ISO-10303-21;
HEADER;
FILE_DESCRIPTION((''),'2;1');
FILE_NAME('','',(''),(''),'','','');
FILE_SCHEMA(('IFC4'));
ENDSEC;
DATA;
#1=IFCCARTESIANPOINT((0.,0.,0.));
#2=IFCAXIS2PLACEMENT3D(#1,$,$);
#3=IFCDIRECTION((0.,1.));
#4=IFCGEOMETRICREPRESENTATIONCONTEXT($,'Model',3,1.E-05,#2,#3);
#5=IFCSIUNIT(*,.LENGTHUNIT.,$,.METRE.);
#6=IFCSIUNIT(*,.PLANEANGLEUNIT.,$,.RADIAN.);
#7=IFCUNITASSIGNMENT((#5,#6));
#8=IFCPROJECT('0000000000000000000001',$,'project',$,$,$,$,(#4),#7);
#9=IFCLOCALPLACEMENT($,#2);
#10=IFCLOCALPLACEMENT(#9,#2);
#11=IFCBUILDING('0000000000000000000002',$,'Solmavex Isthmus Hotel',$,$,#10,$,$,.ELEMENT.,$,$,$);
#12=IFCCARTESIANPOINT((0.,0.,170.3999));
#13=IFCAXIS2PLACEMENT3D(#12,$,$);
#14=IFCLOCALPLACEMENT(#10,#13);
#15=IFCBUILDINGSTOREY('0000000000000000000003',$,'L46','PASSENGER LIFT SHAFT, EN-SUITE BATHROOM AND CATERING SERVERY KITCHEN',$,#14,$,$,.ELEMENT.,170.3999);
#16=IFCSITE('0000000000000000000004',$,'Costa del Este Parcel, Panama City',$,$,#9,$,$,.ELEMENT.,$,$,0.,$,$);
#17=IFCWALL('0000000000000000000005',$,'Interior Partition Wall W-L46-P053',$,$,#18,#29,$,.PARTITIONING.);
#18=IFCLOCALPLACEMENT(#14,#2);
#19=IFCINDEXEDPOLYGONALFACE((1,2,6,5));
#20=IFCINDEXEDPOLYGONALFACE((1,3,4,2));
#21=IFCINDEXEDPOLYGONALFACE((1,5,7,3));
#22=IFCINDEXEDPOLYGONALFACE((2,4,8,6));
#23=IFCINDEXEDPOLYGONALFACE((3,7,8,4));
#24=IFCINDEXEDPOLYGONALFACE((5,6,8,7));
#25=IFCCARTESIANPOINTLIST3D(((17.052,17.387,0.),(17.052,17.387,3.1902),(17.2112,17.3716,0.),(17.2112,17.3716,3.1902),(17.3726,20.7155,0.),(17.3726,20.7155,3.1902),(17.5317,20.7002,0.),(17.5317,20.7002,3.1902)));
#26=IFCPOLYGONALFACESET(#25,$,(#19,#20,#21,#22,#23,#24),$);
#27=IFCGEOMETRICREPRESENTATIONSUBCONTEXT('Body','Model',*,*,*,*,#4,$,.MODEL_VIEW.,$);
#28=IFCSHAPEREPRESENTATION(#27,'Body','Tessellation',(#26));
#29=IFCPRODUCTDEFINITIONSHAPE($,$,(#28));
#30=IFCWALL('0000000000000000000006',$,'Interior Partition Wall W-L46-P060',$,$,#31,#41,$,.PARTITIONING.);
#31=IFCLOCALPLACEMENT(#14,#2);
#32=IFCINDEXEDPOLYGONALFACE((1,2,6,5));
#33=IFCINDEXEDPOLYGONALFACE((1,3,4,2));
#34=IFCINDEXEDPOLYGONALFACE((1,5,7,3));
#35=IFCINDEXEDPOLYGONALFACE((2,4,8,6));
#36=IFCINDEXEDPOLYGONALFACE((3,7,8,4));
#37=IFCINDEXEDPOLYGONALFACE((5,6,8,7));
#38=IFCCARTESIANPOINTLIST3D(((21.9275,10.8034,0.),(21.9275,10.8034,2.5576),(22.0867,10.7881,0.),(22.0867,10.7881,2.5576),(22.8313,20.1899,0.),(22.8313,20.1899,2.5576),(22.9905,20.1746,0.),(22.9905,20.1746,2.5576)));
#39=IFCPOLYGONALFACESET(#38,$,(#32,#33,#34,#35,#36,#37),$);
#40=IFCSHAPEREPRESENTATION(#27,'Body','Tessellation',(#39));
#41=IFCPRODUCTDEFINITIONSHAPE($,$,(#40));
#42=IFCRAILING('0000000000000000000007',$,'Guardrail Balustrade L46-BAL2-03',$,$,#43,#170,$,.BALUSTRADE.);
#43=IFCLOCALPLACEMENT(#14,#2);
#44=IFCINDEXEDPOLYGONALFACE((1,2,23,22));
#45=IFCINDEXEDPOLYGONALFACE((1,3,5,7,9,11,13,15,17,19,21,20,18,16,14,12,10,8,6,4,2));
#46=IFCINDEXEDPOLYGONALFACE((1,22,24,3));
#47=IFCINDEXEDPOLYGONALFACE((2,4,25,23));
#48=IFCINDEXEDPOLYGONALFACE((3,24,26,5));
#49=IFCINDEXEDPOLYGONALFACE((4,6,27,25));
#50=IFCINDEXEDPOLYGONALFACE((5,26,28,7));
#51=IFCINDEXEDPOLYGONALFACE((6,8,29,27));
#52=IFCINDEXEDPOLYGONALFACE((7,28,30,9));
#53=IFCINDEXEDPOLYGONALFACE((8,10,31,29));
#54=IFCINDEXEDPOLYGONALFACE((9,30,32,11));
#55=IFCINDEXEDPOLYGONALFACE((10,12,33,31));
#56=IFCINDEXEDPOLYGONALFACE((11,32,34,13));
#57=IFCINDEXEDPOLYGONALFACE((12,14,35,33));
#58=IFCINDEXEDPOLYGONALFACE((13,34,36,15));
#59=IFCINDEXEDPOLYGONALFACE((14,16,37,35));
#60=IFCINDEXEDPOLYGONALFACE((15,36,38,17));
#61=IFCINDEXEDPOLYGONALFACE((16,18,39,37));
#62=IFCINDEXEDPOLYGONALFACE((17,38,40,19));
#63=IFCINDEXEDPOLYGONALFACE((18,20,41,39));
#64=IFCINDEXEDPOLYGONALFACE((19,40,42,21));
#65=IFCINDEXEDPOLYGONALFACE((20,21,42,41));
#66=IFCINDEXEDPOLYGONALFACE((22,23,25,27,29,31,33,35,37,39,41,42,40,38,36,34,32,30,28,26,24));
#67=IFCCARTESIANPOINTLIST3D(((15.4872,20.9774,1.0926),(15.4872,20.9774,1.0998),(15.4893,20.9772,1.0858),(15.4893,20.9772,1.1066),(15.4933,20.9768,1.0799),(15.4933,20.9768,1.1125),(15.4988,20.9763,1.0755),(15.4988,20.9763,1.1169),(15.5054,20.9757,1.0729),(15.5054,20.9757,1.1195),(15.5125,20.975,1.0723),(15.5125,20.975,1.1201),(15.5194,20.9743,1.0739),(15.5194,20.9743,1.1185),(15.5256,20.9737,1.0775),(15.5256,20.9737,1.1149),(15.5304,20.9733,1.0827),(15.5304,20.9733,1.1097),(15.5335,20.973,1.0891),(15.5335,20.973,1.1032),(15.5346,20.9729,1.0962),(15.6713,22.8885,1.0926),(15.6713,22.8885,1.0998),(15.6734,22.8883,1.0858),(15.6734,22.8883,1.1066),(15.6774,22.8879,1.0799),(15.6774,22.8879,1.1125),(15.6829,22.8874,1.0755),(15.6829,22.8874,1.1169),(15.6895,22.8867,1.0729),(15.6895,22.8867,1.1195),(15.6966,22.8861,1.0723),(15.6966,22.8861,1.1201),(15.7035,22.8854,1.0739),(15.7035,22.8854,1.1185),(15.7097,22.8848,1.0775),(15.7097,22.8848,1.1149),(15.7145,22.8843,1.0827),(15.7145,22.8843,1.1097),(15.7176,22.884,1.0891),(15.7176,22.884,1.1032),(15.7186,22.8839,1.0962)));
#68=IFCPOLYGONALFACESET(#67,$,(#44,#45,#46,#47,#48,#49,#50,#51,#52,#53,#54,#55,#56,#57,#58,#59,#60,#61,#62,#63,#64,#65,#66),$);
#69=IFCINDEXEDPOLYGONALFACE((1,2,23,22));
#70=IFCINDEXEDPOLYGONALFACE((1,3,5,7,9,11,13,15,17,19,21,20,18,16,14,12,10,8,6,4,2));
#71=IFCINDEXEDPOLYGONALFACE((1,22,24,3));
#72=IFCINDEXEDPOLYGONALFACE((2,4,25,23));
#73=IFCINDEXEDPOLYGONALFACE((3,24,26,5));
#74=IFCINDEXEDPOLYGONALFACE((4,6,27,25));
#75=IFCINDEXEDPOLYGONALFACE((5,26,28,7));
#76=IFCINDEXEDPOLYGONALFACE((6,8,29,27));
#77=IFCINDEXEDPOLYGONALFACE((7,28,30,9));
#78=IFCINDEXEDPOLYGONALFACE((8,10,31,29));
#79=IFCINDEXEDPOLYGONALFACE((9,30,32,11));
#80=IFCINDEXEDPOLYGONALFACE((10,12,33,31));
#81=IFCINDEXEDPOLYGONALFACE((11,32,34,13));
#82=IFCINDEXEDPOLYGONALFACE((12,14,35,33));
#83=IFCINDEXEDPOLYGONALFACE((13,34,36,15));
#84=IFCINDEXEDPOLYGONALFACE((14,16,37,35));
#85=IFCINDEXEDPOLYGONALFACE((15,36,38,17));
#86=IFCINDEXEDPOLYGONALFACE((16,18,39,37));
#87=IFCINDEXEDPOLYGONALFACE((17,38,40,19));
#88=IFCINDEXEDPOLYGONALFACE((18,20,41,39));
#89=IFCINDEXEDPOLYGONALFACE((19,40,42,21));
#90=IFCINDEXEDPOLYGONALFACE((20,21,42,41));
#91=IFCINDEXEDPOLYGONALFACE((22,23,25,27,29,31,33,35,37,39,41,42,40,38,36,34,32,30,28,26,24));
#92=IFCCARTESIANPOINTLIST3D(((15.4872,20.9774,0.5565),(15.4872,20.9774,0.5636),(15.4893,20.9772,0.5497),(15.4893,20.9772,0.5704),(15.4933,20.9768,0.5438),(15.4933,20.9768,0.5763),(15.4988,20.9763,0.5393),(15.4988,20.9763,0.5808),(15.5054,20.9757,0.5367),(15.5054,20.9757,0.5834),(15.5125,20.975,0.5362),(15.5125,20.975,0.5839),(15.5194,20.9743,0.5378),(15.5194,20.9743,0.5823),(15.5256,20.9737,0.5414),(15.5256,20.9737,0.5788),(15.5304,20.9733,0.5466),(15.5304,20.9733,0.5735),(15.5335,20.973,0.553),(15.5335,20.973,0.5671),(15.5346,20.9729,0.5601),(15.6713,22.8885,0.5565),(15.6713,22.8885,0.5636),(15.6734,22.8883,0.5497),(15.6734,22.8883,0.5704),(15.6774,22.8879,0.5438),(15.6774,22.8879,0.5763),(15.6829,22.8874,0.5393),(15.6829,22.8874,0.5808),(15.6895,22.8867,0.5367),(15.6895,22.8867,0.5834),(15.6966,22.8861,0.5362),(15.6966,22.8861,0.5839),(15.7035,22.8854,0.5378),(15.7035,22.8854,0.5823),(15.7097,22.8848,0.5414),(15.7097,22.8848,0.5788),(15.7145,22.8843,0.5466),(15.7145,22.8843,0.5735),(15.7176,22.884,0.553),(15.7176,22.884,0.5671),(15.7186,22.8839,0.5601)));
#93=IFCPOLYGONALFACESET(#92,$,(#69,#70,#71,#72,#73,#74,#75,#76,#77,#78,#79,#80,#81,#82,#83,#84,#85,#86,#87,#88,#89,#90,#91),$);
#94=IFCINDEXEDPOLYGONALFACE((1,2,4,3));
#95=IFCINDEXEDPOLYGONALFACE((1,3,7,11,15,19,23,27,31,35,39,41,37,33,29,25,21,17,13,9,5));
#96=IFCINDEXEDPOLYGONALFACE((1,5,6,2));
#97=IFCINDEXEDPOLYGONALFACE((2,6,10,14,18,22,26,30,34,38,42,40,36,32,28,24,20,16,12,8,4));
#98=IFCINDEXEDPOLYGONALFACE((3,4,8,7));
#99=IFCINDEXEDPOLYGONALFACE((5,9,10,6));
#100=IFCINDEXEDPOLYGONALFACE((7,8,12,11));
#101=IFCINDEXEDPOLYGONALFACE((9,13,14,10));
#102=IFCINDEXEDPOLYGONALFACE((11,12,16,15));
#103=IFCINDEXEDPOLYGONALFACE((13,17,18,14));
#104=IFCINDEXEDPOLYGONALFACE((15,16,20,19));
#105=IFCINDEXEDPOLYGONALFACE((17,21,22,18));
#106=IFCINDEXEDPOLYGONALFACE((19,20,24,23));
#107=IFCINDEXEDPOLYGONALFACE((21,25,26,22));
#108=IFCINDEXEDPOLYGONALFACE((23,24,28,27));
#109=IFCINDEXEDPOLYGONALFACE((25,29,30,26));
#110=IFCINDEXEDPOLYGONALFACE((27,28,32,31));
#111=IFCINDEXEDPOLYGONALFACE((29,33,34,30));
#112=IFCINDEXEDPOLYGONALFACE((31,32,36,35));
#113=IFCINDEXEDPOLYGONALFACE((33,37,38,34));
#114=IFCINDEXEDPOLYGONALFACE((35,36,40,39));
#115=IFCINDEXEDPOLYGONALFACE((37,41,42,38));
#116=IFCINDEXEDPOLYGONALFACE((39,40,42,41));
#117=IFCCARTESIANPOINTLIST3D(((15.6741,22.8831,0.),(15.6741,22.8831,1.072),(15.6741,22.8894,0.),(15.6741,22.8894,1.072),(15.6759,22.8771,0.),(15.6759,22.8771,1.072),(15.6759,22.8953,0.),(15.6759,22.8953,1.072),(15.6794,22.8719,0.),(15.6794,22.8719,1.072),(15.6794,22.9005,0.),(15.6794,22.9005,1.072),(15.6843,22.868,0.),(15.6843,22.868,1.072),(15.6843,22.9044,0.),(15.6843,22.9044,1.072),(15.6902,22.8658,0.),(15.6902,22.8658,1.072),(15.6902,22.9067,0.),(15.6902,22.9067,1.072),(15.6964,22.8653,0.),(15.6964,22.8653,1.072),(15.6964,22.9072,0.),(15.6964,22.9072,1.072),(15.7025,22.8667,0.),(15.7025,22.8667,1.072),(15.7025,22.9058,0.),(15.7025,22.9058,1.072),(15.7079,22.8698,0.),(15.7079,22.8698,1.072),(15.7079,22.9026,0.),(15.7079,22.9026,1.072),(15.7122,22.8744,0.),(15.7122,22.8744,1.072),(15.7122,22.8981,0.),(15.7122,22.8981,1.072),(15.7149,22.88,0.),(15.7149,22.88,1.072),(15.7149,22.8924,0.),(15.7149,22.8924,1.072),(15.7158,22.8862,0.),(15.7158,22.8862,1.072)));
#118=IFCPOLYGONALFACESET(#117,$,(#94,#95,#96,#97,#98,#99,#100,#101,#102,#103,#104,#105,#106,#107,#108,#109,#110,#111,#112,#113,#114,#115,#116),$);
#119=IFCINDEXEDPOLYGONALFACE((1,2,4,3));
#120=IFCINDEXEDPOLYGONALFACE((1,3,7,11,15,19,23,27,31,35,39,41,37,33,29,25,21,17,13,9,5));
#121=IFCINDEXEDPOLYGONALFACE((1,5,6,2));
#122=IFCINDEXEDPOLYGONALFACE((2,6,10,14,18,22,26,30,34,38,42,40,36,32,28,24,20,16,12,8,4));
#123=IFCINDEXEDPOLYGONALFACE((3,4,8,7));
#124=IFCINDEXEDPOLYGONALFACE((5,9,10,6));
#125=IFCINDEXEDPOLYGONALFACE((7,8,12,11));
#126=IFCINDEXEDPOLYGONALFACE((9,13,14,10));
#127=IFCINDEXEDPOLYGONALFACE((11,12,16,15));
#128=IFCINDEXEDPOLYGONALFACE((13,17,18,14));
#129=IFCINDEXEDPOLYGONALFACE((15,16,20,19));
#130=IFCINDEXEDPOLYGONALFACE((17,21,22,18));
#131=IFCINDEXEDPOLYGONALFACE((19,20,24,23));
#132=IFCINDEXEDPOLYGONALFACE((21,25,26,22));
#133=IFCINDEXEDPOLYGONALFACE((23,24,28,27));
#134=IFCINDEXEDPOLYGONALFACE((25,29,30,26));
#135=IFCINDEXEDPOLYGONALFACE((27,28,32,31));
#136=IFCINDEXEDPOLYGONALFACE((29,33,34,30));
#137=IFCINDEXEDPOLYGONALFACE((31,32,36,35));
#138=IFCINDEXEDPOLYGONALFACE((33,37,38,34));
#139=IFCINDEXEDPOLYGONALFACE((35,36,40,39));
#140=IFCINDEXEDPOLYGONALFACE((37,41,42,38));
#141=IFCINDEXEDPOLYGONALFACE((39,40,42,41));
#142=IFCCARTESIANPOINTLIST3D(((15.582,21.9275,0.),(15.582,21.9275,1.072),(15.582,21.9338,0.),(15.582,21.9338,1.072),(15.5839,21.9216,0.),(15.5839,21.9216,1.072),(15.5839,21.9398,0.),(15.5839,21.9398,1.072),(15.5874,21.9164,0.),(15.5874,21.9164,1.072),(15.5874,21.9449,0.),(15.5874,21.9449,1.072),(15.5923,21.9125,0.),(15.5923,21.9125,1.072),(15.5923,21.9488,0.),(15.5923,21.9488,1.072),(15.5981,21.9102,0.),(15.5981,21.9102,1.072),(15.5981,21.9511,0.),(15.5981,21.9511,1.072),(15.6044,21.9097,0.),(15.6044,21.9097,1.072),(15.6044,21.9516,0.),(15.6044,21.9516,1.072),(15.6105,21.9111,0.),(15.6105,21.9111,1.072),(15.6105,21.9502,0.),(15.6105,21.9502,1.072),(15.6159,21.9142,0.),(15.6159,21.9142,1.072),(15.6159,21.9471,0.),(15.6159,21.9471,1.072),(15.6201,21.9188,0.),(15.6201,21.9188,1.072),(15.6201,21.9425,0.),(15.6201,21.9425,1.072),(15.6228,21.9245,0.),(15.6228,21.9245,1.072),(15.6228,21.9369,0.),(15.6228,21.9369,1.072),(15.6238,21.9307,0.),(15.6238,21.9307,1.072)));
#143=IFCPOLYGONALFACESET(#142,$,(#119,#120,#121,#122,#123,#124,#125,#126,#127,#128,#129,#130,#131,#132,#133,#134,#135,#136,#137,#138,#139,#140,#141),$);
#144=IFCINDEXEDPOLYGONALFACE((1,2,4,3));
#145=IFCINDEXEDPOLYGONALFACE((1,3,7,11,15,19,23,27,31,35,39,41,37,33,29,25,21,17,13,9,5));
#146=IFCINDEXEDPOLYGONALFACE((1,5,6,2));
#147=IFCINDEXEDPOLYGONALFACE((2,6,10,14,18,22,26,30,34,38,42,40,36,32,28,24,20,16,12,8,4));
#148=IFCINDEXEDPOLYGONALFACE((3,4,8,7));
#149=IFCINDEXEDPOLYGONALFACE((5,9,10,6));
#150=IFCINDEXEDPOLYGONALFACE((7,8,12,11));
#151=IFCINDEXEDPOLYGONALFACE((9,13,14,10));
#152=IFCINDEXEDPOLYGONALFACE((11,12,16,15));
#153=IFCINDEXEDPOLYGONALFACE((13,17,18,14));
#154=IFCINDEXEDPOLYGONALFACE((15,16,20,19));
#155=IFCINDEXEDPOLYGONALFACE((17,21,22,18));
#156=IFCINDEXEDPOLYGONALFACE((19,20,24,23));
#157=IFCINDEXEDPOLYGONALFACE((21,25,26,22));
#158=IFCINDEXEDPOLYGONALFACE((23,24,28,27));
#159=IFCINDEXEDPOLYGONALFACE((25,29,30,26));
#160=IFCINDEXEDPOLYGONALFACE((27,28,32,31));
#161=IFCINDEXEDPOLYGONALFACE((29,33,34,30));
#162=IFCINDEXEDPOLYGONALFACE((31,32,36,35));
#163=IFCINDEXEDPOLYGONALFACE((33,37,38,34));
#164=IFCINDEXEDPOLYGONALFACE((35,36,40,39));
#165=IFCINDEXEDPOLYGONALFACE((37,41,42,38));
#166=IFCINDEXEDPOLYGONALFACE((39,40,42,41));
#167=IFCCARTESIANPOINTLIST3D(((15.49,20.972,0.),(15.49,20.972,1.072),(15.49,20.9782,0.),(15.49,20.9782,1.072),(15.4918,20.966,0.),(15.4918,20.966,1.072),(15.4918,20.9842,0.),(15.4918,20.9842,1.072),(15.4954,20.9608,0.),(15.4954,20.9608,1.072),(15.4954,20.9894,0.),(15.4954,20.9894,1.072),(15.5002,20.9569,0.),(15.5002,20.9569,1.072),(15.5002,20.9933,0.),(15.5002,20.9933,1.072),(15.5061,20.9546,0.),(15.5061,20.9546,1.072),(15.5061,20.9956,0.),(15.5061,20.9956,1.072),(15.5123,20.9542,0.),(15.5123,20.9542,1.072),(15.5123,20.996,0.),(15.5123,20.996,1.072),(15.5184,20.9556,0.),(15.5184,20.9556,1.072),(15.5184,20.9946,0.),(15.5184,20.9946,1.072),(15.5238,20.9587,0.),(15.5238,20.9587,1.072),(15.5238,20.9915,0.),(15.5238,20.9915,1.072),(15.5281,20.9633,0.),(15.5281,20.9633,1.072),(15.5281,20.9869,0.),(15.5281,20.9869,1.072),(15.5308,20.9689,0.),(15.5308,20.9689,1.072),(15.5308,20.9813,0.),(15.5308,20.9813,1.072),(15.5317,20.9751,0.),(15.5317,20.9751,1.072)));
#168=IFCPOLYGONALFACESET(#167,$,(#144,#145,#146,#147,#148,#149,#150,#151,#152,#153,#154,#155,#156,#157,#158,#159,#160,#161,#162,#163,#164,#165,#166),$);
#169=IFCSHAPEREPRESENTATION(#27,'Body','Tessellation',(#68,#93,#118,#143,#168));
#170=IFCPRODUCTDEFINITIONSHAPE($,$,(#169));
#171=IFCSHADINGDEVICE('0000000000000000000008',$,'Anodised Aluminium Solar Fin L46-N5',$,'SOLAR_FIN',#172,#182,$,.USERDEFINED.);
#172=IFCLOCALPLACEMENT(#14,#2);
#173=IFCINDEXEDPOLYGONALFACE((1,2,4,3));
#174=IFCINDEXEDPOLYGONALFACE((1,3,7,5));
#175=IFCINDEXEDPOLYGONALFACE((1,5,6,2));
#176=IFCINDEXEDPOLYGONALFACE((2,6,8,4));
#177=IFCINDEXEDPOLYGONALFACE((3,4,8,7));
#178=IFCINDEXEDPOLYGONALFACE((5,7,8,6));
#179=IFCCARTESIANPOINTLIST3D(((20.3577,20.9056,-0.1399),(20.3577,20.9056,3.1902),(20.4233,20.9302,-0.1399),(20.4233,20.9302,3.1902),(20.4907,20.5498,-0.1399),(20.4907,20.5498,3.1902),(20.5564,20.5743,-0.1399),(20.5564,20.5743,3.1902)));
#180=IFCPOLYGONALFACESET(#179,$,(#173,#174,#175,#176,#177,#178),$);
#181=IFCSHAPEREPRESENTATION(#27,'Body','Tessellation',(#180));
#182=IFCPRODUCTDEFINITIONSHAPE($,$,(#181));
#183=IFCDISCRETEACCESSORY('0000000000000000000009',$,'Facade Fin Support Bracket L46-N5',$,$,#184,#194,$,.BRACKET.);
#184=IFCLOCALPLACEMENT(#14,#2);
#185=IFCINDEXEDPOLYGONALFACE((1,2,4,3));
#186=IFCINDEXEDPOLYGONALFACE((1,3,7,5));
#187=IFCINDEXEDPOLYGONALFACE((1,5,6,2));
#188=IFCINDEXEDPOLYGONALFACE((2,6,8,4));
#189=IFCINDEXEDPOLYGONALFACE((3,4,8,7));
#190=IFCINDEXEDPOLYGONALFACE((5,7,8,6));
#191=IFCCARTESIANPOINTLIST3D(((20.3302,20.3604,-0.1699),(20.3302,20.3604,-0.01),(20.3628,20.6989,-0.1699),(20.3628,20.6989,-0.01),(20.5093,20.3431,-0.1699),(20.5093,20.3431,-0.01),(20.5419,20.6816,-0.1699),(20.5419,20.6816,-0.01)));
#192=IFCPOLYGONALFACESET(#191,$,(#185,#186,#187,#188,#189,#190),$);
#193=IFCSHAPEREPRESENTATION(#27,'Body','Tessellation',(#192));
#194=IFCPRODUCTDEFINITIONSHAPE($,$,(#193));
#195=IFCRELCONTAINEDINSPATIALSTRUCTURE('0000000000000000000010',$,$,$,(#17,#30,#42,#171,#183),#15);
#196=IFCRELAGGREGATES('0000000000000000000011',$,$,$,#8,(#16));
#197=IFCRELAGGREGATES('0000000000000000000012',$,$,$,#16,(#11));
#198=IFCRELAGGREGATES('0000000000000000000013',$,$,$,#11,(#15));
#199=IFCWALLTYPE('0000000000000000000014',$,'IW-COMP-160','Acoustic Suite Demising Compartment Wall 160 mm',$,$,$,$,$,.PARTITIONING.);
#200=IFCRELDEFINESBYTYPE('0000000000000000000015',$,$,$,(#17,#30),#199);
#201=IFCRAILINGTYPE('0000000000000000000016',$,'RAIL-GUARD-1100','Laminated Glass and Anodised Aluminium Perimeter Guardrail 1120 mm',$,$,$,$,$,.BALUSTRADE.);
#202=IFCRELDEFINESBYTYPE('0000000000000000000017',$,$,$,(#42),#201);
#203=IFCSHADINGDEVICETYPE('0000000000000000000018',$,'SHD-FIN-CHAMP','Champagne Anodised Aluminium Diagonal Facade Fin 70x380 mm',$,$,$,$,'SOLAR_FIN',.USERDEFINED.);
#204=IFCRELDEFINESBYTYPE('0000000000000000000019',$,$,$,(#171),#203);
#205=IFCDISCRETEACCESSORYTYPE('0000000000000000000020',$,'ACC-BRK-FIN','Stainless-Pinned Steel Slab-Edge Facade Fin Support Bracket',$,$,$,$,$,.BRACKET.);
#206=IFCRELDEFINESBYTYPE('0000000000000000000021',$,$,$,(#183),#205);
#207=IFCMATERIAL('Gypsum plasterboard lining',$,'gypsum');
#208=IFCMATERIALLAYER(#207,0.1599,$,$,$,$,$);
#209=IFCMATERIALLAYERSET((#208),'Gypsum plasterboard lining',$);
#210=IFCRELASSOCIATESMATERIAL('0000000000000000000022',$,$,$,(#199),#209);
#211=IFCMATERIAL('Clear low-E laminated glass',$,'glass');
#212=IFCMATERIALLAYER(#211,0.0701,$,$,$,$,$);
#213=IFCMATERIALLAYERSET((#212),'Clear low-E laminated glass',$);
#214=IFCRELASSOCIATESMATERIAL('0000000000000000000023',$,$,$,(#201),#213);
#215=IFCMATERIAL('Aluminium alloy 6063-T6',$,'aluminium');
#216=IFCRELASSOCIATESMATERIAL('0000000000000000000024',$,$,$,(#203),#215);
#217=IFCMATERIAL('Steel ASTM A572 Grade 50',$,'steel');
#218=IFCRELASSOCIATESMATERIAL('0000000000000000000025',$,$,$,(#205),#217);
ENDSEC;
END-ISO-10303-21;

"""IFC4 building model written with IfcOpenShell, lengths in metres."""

from ifc_helpers import new_model, si_unit, direction, frame, frame_2d, origin, origin_2d, place, context, subcontext, project, spatial, rectangle, circle, extrude, material, layer, layer_set, type_object, element, save


model = new_model("IFC4")

# Units and contexts
model_context = context("Model", 3, precision=1e-05, world=origin(), true_north=direction((0.0, 1.0)))
body_context = subcontext(model_context, "Body", "Model", "MODEL_VIEW")
ifc_project = project(units=[si_unit("LENGTHUNIT", "METRE"), si_unit("PLANEANGLEUNIT", "RADIAN")], contexts=[model_context])

# Site, building, storey
site_placement = place(None, origin())
site = spatial("IfcSite", under=ifc_project, at=site_placement, Name="Costa del Este Parcel, Panama City", CompositionType="ELEMENT", RefElevation=0.0)
building_placement = place(site_placement, origin())
building = spatial("IfcBuilding", under=site, at=building_placement, Name="Solmavex Isthmus Hotel", CompositionType="ELEMENT")
storey_placement = place(building_placement, frame((0.0, 0.0, 170.3999)))
storey = spatial("IfcBuildingStorey", under=building, at=storey_placement, Name="L46", Description="PASSENGER LIFT SHAFT, EN-SUITE BATHROOM AND CATERING SERVERY KITCHEN", CompositionType="ELEMENT", Elevation=170.3999)

# Shared definitions
ifc_material_1 = material(Name="Aluminium alloy 6063-T6", Category="aluminium")

# Shared definitions
ifc_material_2 = material(Name="Clear low-E laminated glass", Category="glass")

# Walls
ifc_material_3 = material(Name="Gypsum plasterboard lining", Category="gypsum")
ifc_layer_1 = layer(ifc_material_3, 0.1599)
ifc_layer_set_1 = layer_set([ifc_layer_1], Name="Gypsum plasterboard lining")
wall_type_1 = type_object("IfcWallType", Name="IW-COMP-160", Description="Acoustic Suite Demising Compartment Wall 160 mm", PredefinedType="PARTITIONING", material=ifc_layer_set_1)
wall_1_placement = place(storey_placement, frame((17.4521, 20.7078, 0.0), z_axis=(0.0, 0.0, 1.0), x_axis=(-0.09586, -0.995395, 0.0)))
element("IfcWall", 1, at=wall_1_placement, inside=storey, type_object=wall_type_1, Name="Interior Partition Wall W-L46-P053", PredefinedType="PARTITIONING", context=body_context, shape_type="SweptSolid", body=[
    extrude(rectangle(XDim=3.344, YDim=0.1599, at=frame_2d((1.6719, 0.0))), origin(), (0.0, 0.0, 1.0), 3.1902),
])
wall_2_placement = place(storey_placement, frame((22.9109, 20.1821, 0.0), z_axis=(0.0, 0.0, 1.0), x_axis=(-0.095845, -0.995396, 0.0)))
element("IfcWall", 2, at=wall_2_placement, inside=storey, type_object=wall_type_1, Name="Interior Partition Wall W-L46-P060", PredefinedType="PARTITIONING", context=body_context, shape_type="SweptSolid", body=[
    extrude(rectangle(XDim=9.4299, YDim=0.1599, at=frame_2d((4.7148, 0.0))), origin(), (0.0, 0.0, 1.0), 2.5576),
])

# Railing
ifc_layer_2 = layer(ifc_material_2, 0.0701)
ifc_layer_set_2 = layer_set([ifc_layer_2], Name="Clear low-E laminated glass")
railing_type = type_object("IfcRailingType", Name="RAIL-GUARD-1100", Description="Laminated Glass and Anodised Aluminium Perimeter Guardrail 1120 mm", PredefinedType="BALUSTRADE", material=ifc_layer_set_2)
railing_placement = place(storey_placement, frame((15.6948, 22.8862, 0.0)))
element("IfcRailing", 3, at=railing_placement, inside=storey, type_object=railing_type, Name="Guardrail Balustrade L46-BAL2-03", PredefinedType="BALUSTRADE", context=body_context, shape_type="SweptSolid", body=[
    extrude(circle(Radius=0.0239, at=origin_2d()), frame((0.0, 0.0, 1.0962), z_axis=(-0.095877, -0.995393, 0.0), x_axis=(0.995393, -0.095877, 0.0)), (0.0, 0.0, 1.0), 1.9199),
    extrude(circle(Radius=0.0239, at=origin_2d()), frame((0.0, 0.0, 0.5601), z_axis=(-0.095877, -0.995393, 0.0), x_axis=(0.995393, -0.095877, 0.0)), (0.0, 0.0, 1.0), 1.9199),
    extrude(circle(Radius=0.021, at=origin_2d()), origin(), (0.0, 0.0, 1.0), 1.072),
    extrude(circle(Radius=0.021, at=origin_2d()), frame((-0.092, -0.9556, 0.0)), (0.0, 0.0, 1.0), 1.072),
    extrude(circle(Radius=0.021, at=origin_2d()), frame((-0.1841, -1.9111, 0.0)), (0.0, 0.0, 1.0), 1.072),
])

# Shading device
shading_device_type = type_object("IfcShadingDeviceType", Name="SHD-FIN-CHAMP", Description="Champagne Anodised Aluminium Diagonal Facade Fin 70x380 mm", ElementType="SOLAR_FIN", PredefinedType="USERDEFINED", material=ifc_material_1)
shading_device_placement = place(storey_placement, frame((20.457, 20.74, -0.1399), z_axis=(0.0, 0.0, 1.0), x_axis=(-0.350207, 0.936672, 0.0)))
element("IfcShadingDevice", 4, at=shading_device_placement, inside=storey, type_object=shading_device_type, Name="Anodised Aluminium Solar Fin L46-N5", ObjectType="SOLAR_FIN", PredefinedType="USERDEFINED", context=body_context, shape_type="SweptSolid", body=[
    extrude(rectangle(XDim=0.3799, YDim=0.0701, at=origin_2d()), origin(), (0.0, 0.0, 1.0), 3.3301),
])

# Discrete accessory
ifc_material_4 = material(Name="Steel ASTM A572 Grade 50", Category="steel")
discrete_accessory_type = type_object("IfcDiscreteAccessoryType", Name="ACC-BRK-FIN", Description="Stainless-Pinned Steel Slab-Edge Facade Fin Support Bracket", PredefinedType="BRACKET", material=ifc_material_4)
discrete_accessory_placement = place(storey_placement, frame((20.436, 20.521, -0.1699), z_axis=(0.0, 0.0, 1.0), x_axis=(0.095846, 0.995396, 0.0)))
element("IfcDiscreteAccessory", 5, at=discrete_accessory_placement, inside=storey, type_object=discrete_accessory_type, Name="Facade Fin Support Bracket L46-N5", PredefinedType="BRACKET", context=body_context, shape_type="SweptSolid", body=[
    extrude(rectangle(XDim=0.3401, YDim=0.1799, at=origin_2d()), origin(), (0.0, 0.0, 1.0), 0.1599),
])

save(model, "model.ifc")
